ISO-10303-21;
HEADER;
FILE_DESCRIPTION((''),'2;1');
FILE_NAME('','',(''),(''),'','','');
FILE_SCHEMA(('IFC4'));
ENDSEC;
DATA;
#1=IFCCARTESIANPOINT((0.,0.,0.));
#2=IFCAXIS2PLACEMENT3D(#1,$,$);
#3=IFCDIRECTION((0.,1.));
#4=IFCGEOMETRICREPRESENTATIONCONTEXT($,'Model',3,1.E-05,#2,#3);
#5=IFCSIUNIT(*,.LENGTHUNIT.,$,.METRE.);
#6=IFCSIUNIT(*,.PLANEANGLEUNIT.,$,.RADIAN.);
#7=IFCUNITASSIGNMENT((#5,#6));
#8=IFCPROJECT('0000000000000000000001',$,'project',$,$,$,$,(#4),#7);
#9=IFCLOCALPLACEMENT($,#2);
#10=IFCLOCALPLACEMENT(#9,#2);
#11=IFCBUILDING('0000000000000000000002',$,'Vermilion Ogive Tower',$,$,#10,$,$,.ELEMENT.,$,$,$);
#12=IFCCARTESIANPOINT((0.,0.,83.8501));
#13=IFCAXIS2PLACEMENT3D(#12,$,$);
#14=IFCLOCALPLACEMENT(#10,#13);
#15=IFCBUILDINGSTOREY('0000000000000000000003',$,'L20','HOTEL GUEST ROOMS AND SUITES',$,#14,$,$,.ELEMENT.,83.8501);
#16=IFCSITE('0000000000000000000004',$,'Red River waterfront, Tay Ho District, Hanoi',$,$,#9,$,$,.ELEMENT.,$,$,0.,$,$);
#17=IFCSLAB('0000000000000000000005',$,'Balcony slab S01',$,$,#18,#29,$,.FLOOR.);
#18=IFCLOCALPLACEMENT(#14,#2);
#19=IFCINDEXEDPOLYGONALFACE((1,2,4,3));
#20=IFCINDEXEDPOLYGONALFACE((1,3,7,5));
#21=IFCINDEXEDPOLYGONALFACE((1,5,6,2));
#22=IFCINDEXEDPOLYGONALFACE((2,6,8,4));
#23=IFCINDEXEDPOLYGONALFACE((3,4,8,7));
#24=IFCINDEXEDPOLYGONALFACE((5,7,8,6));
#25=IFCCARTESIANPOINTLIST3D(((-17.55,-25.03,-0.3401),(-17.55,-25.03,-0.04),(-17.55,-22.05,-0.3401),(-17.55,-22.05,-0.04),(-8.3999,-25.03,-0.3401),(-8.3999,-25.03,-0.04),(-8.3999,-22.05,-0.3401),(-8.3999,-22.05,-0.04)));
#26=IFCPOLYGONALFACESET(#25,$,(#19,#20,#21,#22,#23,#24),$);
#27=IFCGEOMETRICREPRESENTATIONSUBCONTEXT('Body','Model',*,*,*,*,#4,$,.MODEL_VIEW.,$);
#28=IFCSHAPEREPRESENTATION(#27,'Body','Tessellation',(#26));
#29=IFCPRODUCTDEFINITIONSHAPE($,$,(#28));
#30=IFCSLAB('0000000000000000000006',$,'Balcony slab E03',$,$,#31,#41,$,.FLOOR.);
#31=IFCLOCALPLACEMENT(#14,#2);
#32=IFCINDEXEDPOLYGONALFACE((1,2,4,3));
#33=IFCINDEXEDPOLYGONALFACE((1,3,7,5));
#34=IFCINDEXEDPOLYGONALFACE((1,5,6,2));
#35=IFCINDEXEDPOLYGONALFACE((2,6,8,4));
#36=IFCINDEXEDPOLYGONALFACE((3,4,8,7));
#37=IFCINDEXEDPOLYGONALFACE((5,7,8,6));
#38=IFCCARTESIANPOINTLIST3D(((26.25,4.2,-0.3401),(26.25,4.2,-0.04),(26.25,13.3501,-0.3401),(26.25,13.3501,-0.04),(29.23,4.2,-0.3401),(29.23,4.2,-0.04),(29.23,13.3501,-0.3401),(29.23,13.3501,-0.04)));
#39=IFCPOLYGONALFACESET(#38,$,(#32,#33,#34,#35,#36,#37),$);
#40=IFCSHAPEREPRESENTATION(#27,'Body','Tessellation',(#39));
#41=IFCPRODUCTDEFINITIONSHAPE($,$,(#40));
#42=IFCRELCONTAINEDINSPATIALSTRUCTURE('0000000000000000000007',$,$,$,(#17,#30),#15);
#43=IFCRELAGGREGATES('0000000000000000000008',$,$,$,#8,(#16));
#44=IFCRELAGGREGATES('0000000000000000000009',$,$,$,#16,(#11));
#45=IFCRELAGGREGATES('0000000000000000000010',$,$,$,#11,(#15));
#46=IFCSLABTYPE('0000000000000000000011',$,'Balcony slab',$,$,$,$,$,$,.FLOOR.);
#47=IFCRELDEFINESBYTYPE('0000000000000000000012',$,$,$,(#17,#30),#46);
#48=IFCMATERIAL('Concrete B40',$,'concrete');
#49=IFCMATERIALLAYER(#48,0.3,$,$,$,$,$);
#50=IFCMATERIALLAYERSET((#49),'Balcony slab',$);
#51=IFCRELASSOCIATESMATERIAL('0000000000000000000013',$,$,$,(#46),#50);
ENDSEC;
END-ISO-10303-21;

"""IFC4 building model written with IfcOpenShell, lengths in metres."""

from ifc_helpers import new_model, si_unit, direction, frame, origin, place, context, subcontext, project, spatial, polyline, outline, extrude, material, layer, layer_set, type_object, element, save


model = new_model("IFC4")

# Units and contexts
model_context = context("Model", 3, precision=1e-05, world=origin(), true_north=direction((0.0, 1.0)))
body_context = subcontext(model_context, "Body", "Model", "MODEL_VIEW")
ifc_project = project(units=[si_unit("LENGTHUNIT", "METRE"), si_unit("PLANEANGLEUNIT", "RADIAN")], contexts=[model_context])

# Site, building, storey
site_placement = place(None, origin())
site = spatial("IfcSite", under=ifc_project, at=site_placement, Name="Red River waterfront, Tay Ho District, Hanoi", CompositionType="ELEMENT", RefElevation=0.0)
building_placement = place(site_placement, origin())
building = spatial("IfcBuilding", under=site, at=building_placement, Name="Vermilion Ogive Tower", CompositionType="ELEMENT")
storey_placement = place(building_placement, frame((0.0, 0.0, 83.8501)))
storey = spatial("IfcBuildingStorey", under=building, at=storey_placement, Name="L20", Description="HOTEL GUEST ROOMS AND SUITES", CompositionType="ELEMENT", Elevation=83.8501)

# Slabs
ifc_material_1 = material(Name="Concrete B40", Category="concrete")
ifc_layer_1 = layer(ifc_material_1, 0.3)
ifc_layer_set_1 = layer_set([ifc_layer_1], Name="Balcony slab")
slab_type_1 = type_object("IfcSlabType", Name="Balcony slab", PredefinedType="FLOOR", material=ifc_layer_set_1)
slab_1_placement = place(storey_placement, frame((0.0, 0.0, -0.3401)))
element("IfcSlab", 1, at=slab_1_placement, inside=storey, type_object=slab_type_1, Name="Balcony slab S01", PredefinedType="FLOOR", context=body_context, shape_type="SweptSolid", body=[
    extrude(outline(polyline([(-17.55, -25.03), (-8.3999, -25.03), (-8.3999, -22.05), (-17.55, -22.05), (-17.55, -25.03)])), origin(), (0.0, 0.0, 1.0), 0.3),
])
slab_2_placement = place(storey_placement, frame((0.0, 0.0, -0.3401)))
element("IfcSlab", 2, at=slab_2_placement, inside=storey, type_object=slab_type_1, Name="Balcony slab E03", PredefinedType="FLOOR", context=body_context, shape_type="SweptSolid", body=[
    extrude(outline(polyline([(29.23, 4.2), (29.23, 13.3501), (26.25, 13.3501), (26.25, 4.2), (29.23, 4.2)])), origin(), (0.0, 0.0, 1.0), 0.3),
])

save(model, "model.ifc")
